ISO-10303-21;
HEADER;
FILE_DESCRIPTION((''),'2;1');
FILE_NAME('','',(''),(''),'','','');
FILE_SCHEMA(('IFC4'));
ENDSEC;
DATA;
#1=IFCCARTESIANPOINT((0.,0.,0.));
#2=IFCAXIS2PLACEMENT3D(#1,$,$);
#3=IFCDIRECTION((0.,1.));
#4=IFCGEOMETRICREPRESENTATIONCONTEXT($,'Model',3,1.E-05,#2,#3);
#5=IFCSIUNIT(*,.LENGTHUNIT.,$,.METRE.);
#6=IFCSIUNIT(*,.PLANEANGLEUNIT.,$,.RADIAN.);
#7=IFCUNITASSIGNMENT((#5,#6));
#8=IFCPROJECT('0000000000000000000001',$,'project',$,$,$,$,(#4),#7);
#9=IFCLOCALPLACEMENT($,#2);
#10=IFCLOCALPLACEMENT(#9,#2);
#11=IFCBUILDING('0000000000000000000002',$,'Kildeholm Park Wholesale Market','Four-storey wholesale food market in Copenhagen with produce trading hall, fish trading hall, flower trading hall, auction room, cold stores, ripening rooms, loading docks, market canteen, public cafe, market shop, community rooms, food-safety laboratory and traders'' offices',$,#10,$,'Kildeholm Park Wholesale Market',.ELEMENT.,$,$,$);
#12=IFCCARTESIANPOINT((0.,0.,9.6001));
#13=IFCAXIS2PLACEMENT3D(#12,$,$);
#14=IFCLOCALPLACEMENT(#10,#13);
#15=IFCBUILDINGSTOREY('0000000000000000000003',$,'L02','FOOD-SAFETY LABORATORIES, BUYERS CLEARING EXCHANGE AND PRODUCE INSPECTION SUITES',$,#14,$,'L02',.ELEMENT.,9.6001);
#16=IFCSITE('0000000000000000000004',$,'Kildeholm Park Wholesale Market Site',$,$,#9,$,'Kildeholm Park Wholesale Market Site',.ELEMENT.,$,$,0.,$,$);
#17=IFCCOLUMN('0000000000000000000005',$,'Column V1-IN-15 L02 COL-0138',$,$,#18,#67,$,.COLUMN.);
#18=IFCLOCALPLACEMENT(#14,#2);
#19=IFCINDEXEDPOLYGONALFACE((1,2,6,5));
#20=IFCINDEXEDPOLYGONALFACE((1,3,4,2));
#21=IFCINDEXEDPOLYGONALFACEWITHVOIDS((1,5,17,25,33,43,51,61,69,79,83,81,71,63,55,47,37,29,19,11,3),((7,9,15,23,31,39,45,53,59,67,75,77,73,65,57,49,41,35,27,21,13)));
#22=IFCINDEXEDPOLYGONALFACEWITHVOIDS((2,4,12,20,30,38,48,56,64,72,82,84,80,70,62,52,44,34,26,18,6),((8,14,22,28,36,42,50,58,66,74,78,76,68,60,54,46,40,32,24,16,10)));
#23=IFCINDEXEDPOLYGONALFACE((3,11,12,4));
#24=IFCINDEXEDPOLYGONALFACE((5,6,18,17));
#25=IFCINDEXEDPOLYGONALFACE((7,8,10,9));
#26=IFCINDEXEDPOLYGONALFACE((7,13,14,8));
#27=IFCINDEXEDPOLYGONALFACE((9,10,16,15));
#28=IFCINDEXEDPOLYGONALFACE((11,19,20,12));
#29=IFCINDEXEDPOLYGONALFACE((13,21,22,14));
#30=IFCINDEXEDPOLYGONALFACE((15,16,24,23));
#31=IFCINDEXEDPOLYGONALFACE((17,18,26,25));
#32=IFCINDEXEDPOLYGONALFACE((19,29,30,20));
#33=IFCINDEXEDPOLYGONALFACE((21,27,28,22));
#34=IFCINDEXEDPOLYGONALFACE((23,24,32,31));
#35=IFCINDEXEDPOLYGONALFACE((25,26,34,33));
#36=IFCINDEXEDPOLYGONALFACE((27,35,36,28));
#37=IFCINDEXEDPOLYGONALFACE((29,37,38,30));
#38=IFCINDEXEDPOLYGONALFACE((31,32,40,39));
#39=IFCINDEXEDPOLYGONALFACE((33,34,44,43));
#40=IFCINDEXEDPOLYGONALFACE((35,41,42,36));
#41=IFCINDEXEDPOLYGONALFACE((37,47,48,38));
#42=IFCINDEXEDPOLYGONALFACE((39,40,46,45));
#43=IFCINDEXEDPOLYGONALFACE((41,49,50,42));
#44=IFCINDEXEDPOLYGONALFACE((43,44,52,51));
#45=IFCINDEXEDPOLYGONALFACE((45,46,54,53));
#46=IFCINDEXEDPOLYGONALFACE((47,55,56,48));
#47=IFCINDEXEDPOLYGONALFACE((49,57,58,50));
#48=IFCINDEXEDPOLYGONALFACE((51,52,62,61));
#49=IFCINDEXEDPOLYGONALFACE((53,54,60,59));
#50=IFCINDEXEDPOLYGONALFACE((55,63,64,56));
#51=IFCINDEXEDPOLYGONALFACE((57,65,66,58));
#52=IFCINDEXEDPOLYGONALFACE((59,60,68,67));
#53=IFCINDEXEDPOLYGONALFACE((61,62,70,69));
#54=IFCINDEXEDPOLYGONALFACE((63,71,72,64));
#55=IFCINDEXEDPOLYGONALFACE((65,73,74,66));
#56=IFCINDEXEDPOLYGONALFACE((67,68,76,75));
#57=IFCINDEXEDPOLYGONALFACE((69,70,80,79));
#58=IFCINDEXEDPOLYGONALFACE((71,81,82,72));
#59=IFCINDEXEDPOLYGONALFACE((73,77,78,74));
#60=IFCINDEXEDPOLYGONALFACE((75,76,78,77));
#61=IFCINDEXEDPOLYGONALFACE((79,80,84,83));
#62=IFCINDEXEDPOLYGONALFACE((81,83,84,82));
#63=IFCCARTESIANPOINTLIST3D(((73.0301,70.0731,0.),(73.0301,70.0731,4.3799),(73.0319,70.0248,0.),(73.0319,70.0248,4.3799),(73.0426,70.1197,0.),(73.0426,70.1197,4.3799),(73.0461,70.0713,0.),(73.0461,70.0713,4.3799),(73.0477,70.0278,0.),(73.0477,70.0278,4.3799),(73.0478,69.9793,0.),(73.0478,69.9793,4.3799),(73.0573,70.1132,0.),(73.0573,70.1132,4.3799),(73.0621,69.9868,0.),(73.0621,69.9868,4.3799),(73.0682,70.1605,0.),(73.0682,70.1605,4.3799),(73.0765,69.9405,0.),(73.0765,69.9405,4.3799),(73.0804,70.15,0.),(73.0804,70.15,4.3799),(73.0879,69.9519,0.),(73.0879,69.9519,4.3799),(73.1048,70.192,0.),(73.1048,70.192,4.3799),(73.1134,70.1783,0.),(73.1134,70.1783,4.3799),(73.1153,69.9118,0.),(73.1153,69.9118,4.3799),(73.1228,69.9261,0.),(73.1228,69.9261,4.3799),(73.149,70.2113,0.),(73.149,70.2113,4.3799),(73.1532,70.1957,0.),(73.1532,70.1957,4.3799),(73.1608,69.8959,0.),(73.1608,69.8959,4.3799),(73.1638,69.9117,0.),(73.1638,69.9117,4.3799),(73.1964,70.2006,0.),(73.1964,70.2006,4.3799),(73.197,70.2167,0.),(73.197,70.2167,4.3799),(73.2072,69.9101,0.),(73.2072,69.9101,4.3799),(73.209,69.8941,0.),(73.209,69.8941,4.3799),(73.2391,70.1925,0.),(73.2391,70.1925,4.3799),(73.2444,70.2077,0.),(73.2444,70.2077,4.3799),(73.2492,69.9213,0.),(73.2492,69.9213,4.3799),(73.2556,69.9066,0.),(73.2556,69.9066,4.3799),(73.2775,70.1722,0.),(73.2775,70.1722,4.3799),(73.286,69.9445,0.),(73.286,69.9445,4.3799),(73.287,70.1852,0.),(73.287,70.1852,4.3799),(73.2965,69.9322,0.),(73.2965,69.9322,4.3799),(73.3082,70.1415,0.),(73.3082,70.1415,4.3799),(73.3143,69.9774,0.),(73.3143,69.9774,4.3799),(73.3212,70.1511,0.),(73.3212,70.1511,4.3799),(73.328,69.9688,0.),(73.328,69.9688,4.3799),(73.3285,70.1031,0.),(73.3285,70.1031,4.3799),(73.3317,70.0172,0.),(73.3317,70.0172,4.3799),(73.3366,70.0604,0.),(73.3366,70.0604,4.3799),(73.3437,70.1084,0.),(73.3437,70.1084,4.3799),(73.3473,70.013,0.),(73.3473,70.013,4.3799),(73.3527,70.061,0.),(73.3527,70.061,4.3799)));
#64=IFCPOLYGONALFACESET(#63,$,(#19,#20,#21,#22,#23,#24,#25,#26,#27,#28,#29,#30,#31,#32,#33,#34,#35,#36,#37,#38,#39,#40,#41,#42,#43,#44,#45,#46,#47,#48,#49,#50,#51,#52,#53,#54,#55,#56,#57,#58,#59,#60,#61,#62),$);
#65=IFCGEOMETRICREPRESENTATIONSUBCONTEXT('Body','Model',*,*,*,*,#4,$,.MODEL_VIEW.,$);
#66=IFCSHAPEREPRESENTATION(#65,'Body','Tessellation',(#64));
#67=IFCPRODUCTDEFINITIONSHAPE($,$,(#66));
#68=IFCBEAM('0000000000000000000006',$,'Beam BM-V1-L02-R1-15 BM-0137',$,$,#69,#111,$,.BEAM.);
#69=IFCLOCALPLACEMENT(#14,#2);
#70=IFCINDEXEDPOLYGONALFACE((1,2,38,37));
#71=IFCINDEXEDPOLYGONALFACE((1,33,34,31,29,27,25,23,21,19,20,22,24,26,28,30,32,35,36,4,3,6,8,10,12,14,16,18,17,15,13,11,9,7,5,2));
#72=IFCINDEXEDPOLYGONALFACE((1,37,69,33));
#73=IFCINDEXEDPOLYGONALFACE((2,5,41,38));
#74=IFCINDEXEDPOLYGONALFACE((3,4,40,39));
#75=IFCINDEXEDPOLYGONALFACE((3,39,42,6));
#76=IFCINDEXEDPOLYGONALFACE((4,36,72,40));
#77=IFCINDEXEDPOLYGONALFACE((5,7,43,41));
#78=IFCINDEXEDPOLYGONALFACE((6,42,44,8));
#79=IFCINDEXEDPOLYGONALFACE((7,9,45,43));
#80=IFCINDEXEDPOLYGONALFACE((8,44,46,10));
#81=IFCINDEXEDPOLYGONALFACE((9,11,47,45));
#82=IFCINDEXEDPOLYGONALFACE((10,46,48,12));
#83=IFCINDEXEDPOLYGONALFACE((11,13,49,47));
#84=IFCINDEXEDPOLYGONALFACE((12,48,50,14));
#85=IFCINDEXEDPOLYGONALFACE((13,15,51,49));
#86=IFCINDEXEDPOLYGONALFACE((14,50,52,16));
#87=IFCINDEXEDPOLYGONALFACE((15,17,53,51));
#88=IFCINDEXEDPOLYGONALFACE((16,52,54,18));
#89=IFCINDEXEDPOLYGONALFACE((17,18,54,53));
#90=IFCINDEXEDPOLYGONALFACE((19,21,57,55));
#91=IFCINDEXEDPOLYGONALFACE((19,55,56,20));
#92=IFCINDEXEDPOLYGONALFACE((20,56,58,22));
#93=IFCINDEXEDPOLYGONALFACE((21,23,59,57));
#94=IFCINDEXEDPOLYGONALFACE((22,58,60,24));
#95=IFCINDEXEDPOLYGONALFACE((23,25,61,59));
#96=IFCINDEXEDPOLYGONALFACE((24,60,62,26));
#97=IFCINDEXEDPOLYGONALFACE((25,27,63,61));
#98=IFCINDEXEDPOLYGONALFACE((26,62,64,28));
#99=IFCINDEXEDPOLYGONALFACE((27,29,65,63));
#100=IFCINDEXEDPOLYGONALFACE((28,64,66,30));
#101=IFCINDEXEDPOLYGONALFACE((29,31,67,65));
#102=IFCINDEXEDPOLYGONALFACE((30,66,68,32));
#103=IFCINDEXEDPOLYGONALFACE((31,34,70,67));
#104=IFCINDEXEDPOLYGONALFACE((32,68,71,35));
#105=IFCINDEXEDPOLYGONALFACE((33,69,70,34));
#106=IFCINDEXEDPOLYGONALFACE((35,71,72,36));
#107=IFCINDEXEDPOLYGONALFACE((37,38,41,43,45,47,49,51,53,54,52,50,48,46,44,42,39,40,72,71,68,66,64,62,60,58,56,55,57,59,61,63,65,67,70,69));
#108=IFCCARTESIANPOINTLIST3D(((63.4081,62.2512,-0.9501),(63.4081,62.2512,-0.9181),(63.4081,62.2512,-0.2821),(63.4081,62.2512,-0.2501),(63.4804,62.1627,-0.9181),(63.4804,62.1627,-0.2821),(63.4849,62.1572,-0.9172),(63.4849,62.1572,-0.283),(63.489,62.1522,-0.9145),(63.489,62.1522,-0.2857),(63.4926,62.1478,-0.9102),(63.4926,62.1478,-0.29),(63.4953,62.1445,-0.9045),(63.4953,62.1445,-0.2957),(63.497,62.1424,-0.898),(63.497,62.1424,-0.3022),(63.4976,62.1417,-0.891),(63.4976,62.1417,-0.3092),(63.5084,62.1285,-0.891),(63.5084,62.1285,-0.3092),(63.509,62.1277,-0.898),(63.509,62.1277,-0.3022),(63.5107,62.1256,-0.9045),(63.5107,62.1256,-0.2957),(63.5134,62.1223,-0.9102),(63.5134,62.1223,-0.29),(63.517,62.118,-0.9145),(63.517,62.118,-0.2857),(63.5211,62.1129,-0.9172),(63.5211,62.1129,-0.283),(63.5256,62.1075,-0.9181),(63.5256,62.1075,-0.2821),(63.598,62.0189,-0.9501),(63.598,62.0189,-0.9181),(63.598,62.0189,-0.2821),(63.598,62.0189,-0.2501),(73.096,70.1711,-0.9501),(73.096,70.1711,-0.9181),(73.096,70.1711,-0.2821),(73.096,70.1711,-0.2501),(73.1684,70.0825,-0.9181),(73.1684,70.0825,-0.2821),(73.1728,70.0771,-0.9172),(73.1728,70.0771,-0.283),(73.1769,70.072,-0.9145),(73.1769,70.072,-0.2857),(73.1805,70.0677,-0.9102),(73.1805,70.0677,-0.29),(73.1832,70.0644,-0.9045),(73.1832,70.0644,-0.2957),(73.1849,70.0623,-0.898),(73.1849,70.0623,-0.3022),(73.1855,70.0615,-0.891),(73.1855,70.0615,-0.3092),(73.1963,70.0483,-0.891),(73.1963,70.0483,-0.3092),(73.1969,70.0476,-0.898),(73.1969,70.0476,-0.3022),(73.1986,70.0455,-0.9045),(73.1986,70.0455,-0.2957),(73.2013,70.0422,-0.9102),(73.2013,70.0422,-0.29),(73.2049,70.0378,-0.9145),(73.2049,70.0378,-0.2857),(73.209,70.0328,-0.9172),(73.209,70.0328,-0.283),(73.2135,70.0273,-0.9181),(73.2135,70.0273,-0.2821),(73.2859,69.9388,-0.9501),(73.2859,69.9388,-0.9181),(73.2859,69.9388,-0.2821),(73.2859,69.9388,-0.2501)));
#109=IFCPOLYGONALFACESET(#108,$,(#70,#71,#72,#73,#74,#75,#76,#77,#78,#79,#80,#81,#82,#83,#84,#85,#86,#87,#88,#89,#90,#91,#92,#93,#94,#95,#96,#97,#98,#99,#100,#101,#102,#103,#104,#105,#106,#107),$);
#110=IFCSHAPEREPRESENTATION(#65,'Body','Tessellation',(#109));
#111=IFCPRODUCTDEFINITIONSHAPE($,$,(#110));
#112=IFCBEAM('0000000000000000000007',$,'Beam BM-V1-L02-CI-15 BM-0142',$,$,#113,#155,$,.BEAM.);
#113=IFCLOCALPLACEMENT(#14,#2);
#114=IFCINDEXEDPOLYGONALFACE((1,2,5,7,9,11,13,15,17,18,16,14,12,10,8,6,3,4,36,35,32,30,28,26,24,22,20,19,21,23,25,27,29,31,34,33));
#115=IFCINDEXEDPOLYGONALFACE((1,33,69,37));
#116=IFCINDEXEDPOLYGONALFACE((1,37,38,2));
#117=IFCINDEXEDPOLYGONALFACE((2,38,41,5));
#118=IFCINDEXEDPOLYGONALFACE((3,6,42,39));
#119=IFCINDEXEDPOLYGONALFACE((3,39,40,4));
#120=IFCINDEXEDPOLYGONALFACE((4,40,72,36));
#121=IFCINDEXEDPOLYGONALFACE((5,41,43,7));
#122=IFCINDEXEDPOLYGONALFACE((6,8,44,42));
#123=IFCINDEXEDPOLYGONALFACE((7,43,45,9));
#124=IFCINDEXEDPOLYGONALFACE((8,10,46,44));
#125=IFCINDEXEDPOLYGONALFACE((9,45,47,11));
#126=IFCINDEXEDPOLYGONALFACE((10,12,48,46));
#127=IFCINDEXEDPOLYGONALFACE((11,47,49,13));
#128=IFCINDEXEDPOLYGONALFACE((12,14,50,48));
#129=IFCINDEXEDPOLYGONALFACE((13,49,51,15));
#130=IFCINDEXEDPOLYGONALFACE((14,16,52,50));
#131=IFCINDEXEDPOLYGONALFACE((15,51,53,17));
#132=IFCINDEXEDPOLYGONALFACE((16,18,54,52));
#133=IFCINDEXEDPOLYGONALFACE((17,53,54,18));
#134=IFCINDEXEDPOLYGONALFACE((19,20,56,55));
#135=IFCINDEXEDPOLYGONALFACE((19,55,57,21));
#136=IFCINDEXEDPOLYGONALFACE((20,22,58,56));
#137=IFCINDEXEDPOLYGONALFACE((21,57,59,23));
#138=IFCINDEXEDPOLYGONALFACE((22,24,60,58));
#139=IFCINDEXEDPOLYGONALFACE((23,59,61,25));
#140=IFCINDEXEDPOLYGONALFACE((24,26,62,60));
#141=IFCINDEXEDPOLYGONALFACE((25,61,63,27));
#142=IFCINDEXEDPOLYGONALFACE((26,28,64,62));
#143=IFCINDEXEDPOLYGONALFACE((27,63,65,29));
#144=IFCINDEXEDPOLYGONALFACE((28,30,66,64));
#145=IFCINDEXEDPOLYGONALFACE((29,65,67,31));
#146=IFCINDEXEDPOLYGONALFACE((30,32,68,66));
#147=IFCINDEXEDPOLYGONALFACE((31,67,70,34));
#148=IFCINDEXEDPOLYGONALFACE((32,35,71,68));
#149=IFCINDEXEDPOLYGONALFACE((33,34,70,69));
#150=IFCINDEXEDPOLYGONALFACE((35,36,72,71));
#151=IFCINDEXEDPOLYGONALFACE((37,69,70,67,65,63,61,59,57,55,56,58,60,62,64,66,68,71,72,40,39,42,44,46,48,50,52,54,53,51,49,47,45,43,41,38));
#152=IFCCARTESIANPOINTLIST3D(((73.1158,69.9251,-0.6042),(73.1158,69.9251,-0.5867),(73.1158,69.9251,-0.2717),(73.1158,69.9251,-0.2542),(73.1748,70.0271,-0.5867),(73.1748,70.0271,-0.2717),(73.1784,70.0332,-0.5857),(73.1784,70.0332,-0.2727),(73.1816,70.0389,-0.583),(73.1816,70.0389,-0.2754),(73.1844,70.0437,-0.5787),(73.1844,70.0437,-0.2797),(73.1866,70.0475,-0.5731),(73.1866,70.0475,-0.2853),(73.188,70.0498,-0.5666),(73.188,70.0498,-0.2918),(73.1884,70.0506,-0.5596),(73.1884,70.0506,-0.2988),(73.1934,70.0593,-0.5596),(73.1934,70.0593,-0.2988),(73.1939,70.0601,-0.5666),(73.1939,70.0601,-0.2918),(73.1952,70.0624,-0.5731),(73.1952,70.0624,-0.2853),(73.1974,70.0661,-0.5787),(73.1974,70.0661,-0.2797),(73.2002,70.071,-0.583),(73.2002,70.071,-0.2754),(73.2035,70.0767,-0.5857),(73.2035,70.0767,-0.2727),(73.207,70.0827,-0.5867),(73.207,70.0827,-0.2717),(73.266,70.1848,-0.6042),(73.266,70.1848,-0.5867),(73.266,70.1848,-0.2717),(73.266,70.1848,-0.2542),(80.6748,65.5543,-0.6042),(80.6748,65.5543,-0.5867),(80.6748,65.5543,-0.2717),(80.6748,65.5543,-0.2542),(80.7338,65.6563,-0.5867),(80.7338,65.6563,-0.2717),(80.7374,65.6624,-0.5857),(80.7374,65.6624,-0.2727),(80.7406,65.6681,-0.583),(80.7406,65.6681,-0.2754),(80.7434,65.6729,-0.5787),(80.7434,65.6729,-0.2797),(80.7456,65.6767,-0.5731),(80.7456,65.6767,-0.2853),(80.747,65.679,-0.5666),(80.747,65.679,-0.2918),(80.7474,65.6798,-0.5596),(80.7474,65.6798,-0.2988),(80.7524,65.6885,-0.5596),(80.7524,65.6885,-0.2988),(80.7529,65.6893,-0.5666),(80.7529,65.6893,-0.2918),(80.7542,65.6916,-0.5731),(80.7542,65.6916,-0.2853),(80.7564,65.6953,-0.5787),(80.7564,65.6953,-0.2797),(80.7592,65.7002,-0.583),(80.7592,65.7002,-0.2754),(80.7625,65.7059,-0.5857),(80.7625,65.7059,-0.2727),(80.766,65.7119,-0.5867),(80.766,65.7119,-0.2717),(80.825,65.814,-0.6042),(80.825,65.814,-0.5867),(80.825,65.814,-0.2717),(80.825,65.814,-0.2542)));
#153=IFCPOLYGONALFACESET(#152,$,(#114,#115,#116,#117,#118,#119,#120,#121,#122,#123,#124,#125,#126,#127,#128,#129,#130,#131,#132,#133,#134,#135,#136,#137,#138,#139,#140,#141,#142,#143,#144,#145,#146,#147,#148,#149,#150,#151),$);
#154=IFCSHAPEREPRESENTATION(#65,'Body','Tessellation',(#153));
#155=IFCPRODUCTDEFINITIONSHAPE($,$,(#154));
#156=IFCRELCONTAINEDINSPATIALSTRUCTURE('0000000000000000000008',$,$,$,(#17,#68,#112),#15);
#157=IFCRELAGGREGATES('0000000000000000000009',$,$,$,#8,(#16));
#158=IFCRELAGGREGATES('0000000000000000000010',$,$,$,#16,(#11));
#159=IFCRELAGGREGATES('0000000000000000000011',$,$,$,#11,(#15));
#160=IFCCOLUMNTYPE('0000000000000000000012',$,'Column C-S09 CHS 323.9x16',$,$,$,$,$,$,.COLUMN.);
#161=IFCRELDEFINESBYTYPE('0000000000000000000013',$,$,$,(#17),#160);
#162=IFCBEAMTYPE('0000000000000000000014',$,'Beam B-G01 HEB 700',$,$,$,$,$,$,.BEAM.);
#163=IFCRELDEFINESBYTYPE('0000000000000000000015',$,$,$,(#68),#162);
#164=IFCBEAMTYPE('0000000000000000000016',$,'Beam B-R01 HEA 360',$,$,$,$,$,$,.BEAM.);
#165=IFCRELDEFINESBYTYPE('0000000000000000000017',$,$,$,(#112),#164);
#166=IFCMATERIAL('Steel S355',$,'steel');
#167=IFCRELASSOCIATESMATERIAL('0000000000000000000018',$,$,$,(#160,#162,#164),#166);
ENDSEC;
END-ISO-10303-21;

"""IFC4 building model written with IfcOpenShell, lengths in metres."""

from ifc_helpers import new_model, si_unit, direction, frame, origin, origin_2d, place, context, subcontext, project, spatial, hollow_circle, i_section, extrude, material, material_profile, profile_set, type_object, element, save


model = new_model("IFC4")

# Units and contexts
model_context = context("Model", 3, precision=1e-05, world=origin(), true_north=direction((0.0, 1.0)))
body_context = subcontext(model_context, "Body", "Model", "MODEL_VIEW")
ifc_project = project(units=[si_unit("LENGTHUNIT", "METRE"), si_unit("PLANEANGLEUNIT", "RADIAN")], contexts=[model_context])

# Site, building, storey
site_placement = place(None, origin())
site = spatial("IfcSite", under=ifc_project, at=site_placement, Name="Kildeholm Park Wholesale Market Site", LongName="Kildeholm Park Wholesale Market Site", CompositionType="ELEMENT", RefElevation=0.0)
building_placement = place(site_placement, origin())
building = spatial("IfcBuilding", under=site, at=building_placement, Name="Kildeholm Park Wholesale Market", Description="Four-storey wholesale food market in Copenhagen with produce trading hall, fish trading hall, flower trading hall, auction room, cold stores, ripening rooms, loading docks, market canteen, public cafe, market shop, community rooms, food-safety laboratory and traders' offices", LongName="Kildeholm Park Wholesale Market", CompositionType="ELEMENT")
storey_placement = place(building_placement, frame((0.0, 0.0, 9.6001)))
storey = spatial("IfcBuildingStorey", under=building, at=storey_placement, Name="L02", Description="FOOD-SAFETY LABORATORIES, BUYERS CLEARING EXCHANGE AND PRODUCE INSPECTION SUITES", LongName="L02", CompositionType="ELEMENT", Elevation=9.6001)

# Column
ifc_material_1 = material(Name="Steel S355", Category="steel")
ifc_material_profile_1 = material_profile(ifc_material_1, hollow_circle(Radius=0.1619, WallThickness=0.0161, at=origin_2d()), Name="CHS 323.9x16")
ifc_profile_set_1 = profile_set([ifc_material_profile_1], Name="Steel S355")
column_type = type_object("IfcColumnType", Name="Column C-S09 CHS 323.9x16", PredefinedType="COLUMN", material=ifc_profile_set_1)
column_placement = place(storey_placement, frame((73.1909, 70.0549, 0.0), z_axis=(0.0, 0.0, 1.0), x_axis=(-0.707107, -0.707107, 0.0)))
element("IfcColumn", 1, at=column_placement, inside=storey, type_object=column_type, Name="Column V1-IN-15 L02 COL-0138", PredefinedType="COLUMN", context=body_context, shape_type="SweptSolid", body=[
    extrude(hollow_circle(Radius=0.1619, WallThickness=0.0161, at=origin_2d()), origin(), (0.0, 0.0, 1.0), 4.3799),
])

# Beams
ifc_material_profile_2 = material_profile(ifc_material_1, i_section(OverallWidth=0.3, OverallDepth=0.7, WebThickness=0.0171, FlangeThickness=0.032, FilletRadius=0.0271, at=origin_2d()), Name="HEB 700")
ifc_profile_set_2 = profile_set([ifc_material_profile_2], Name="Steel S355")
beam_type_1 = type_object("IfcBeamType", Name="Beam B-G01 HEB 700", PredefinedType="BEAM", material=ifc_profile_set_2)
beam_1_placement = place(storey_placement, frame((73.1909, 70.0549, -0.6001), z_axis=(-0.774216, -0.632921, 0.0), x_axis=(0.632921, -0.774216, 0.0)))
element("IfcBeam", 2, at=beam_1_placement, inside=storey, type_object=beam_type_1, Name="Beam BM-V1-L02-R1-15 BM-0137", PredefinedType="BEAM", context=body_context, shape_type="SweptSolid", body=[
    extrude(i_section(OverallWidth=0.3, OverallDepth=0.7, WebThickness=0.0171, FlangeThickness=0.032, FilletRadius=0.0271, at=origin_2d()), origin(), (0.0, 0.0, 1.0), 12.5132),
])
ifc_material_profile_3 = material_profile(ifc_material_1, i_section(OverallWidth=0.3, OverallDepth=0.3501, WebThickness=0.01, FlangeThickness=0.0176, FilletRadius=0.0271, at=origin_2d()), Name="HEA 360")
ifc_profile_set_3 = profile_set([ifc_material_profile_3], Name="Steel S355")
beam_type_2 = type_object("IfcBeamType", Name="Beam B-R01 HEA 360", PredefinedType="BEAM", material=ifc_profile_set_3)
beam_2_placement = place(storey_placement, frame((73.1909, 70.0549, -0.4292), z_axis=(0.865697, -0.500568, 0.0), x_axis=(0.500568, 0.865697, 0.0)))
element("IfcBeam", 3, at=beam_2_placement, inside=storey, type_object=beam_type_2, Name="Beam BM-V1-L02-CI-15 BM-0142", PredefinedType="BEAM", context=body_context, shape_type="SweptSolid", body=[
    extrude(i_section(OverallWidth=0.3, OverallDepth=0.3501, WebThickness=0.01, FlangeThickness=0.0176, FilletRadius=0.0271, at=origin_2d()), origin(), (0.0, 0.0, 1.0), 8.7317),
])

save(model, "model.ifc")
